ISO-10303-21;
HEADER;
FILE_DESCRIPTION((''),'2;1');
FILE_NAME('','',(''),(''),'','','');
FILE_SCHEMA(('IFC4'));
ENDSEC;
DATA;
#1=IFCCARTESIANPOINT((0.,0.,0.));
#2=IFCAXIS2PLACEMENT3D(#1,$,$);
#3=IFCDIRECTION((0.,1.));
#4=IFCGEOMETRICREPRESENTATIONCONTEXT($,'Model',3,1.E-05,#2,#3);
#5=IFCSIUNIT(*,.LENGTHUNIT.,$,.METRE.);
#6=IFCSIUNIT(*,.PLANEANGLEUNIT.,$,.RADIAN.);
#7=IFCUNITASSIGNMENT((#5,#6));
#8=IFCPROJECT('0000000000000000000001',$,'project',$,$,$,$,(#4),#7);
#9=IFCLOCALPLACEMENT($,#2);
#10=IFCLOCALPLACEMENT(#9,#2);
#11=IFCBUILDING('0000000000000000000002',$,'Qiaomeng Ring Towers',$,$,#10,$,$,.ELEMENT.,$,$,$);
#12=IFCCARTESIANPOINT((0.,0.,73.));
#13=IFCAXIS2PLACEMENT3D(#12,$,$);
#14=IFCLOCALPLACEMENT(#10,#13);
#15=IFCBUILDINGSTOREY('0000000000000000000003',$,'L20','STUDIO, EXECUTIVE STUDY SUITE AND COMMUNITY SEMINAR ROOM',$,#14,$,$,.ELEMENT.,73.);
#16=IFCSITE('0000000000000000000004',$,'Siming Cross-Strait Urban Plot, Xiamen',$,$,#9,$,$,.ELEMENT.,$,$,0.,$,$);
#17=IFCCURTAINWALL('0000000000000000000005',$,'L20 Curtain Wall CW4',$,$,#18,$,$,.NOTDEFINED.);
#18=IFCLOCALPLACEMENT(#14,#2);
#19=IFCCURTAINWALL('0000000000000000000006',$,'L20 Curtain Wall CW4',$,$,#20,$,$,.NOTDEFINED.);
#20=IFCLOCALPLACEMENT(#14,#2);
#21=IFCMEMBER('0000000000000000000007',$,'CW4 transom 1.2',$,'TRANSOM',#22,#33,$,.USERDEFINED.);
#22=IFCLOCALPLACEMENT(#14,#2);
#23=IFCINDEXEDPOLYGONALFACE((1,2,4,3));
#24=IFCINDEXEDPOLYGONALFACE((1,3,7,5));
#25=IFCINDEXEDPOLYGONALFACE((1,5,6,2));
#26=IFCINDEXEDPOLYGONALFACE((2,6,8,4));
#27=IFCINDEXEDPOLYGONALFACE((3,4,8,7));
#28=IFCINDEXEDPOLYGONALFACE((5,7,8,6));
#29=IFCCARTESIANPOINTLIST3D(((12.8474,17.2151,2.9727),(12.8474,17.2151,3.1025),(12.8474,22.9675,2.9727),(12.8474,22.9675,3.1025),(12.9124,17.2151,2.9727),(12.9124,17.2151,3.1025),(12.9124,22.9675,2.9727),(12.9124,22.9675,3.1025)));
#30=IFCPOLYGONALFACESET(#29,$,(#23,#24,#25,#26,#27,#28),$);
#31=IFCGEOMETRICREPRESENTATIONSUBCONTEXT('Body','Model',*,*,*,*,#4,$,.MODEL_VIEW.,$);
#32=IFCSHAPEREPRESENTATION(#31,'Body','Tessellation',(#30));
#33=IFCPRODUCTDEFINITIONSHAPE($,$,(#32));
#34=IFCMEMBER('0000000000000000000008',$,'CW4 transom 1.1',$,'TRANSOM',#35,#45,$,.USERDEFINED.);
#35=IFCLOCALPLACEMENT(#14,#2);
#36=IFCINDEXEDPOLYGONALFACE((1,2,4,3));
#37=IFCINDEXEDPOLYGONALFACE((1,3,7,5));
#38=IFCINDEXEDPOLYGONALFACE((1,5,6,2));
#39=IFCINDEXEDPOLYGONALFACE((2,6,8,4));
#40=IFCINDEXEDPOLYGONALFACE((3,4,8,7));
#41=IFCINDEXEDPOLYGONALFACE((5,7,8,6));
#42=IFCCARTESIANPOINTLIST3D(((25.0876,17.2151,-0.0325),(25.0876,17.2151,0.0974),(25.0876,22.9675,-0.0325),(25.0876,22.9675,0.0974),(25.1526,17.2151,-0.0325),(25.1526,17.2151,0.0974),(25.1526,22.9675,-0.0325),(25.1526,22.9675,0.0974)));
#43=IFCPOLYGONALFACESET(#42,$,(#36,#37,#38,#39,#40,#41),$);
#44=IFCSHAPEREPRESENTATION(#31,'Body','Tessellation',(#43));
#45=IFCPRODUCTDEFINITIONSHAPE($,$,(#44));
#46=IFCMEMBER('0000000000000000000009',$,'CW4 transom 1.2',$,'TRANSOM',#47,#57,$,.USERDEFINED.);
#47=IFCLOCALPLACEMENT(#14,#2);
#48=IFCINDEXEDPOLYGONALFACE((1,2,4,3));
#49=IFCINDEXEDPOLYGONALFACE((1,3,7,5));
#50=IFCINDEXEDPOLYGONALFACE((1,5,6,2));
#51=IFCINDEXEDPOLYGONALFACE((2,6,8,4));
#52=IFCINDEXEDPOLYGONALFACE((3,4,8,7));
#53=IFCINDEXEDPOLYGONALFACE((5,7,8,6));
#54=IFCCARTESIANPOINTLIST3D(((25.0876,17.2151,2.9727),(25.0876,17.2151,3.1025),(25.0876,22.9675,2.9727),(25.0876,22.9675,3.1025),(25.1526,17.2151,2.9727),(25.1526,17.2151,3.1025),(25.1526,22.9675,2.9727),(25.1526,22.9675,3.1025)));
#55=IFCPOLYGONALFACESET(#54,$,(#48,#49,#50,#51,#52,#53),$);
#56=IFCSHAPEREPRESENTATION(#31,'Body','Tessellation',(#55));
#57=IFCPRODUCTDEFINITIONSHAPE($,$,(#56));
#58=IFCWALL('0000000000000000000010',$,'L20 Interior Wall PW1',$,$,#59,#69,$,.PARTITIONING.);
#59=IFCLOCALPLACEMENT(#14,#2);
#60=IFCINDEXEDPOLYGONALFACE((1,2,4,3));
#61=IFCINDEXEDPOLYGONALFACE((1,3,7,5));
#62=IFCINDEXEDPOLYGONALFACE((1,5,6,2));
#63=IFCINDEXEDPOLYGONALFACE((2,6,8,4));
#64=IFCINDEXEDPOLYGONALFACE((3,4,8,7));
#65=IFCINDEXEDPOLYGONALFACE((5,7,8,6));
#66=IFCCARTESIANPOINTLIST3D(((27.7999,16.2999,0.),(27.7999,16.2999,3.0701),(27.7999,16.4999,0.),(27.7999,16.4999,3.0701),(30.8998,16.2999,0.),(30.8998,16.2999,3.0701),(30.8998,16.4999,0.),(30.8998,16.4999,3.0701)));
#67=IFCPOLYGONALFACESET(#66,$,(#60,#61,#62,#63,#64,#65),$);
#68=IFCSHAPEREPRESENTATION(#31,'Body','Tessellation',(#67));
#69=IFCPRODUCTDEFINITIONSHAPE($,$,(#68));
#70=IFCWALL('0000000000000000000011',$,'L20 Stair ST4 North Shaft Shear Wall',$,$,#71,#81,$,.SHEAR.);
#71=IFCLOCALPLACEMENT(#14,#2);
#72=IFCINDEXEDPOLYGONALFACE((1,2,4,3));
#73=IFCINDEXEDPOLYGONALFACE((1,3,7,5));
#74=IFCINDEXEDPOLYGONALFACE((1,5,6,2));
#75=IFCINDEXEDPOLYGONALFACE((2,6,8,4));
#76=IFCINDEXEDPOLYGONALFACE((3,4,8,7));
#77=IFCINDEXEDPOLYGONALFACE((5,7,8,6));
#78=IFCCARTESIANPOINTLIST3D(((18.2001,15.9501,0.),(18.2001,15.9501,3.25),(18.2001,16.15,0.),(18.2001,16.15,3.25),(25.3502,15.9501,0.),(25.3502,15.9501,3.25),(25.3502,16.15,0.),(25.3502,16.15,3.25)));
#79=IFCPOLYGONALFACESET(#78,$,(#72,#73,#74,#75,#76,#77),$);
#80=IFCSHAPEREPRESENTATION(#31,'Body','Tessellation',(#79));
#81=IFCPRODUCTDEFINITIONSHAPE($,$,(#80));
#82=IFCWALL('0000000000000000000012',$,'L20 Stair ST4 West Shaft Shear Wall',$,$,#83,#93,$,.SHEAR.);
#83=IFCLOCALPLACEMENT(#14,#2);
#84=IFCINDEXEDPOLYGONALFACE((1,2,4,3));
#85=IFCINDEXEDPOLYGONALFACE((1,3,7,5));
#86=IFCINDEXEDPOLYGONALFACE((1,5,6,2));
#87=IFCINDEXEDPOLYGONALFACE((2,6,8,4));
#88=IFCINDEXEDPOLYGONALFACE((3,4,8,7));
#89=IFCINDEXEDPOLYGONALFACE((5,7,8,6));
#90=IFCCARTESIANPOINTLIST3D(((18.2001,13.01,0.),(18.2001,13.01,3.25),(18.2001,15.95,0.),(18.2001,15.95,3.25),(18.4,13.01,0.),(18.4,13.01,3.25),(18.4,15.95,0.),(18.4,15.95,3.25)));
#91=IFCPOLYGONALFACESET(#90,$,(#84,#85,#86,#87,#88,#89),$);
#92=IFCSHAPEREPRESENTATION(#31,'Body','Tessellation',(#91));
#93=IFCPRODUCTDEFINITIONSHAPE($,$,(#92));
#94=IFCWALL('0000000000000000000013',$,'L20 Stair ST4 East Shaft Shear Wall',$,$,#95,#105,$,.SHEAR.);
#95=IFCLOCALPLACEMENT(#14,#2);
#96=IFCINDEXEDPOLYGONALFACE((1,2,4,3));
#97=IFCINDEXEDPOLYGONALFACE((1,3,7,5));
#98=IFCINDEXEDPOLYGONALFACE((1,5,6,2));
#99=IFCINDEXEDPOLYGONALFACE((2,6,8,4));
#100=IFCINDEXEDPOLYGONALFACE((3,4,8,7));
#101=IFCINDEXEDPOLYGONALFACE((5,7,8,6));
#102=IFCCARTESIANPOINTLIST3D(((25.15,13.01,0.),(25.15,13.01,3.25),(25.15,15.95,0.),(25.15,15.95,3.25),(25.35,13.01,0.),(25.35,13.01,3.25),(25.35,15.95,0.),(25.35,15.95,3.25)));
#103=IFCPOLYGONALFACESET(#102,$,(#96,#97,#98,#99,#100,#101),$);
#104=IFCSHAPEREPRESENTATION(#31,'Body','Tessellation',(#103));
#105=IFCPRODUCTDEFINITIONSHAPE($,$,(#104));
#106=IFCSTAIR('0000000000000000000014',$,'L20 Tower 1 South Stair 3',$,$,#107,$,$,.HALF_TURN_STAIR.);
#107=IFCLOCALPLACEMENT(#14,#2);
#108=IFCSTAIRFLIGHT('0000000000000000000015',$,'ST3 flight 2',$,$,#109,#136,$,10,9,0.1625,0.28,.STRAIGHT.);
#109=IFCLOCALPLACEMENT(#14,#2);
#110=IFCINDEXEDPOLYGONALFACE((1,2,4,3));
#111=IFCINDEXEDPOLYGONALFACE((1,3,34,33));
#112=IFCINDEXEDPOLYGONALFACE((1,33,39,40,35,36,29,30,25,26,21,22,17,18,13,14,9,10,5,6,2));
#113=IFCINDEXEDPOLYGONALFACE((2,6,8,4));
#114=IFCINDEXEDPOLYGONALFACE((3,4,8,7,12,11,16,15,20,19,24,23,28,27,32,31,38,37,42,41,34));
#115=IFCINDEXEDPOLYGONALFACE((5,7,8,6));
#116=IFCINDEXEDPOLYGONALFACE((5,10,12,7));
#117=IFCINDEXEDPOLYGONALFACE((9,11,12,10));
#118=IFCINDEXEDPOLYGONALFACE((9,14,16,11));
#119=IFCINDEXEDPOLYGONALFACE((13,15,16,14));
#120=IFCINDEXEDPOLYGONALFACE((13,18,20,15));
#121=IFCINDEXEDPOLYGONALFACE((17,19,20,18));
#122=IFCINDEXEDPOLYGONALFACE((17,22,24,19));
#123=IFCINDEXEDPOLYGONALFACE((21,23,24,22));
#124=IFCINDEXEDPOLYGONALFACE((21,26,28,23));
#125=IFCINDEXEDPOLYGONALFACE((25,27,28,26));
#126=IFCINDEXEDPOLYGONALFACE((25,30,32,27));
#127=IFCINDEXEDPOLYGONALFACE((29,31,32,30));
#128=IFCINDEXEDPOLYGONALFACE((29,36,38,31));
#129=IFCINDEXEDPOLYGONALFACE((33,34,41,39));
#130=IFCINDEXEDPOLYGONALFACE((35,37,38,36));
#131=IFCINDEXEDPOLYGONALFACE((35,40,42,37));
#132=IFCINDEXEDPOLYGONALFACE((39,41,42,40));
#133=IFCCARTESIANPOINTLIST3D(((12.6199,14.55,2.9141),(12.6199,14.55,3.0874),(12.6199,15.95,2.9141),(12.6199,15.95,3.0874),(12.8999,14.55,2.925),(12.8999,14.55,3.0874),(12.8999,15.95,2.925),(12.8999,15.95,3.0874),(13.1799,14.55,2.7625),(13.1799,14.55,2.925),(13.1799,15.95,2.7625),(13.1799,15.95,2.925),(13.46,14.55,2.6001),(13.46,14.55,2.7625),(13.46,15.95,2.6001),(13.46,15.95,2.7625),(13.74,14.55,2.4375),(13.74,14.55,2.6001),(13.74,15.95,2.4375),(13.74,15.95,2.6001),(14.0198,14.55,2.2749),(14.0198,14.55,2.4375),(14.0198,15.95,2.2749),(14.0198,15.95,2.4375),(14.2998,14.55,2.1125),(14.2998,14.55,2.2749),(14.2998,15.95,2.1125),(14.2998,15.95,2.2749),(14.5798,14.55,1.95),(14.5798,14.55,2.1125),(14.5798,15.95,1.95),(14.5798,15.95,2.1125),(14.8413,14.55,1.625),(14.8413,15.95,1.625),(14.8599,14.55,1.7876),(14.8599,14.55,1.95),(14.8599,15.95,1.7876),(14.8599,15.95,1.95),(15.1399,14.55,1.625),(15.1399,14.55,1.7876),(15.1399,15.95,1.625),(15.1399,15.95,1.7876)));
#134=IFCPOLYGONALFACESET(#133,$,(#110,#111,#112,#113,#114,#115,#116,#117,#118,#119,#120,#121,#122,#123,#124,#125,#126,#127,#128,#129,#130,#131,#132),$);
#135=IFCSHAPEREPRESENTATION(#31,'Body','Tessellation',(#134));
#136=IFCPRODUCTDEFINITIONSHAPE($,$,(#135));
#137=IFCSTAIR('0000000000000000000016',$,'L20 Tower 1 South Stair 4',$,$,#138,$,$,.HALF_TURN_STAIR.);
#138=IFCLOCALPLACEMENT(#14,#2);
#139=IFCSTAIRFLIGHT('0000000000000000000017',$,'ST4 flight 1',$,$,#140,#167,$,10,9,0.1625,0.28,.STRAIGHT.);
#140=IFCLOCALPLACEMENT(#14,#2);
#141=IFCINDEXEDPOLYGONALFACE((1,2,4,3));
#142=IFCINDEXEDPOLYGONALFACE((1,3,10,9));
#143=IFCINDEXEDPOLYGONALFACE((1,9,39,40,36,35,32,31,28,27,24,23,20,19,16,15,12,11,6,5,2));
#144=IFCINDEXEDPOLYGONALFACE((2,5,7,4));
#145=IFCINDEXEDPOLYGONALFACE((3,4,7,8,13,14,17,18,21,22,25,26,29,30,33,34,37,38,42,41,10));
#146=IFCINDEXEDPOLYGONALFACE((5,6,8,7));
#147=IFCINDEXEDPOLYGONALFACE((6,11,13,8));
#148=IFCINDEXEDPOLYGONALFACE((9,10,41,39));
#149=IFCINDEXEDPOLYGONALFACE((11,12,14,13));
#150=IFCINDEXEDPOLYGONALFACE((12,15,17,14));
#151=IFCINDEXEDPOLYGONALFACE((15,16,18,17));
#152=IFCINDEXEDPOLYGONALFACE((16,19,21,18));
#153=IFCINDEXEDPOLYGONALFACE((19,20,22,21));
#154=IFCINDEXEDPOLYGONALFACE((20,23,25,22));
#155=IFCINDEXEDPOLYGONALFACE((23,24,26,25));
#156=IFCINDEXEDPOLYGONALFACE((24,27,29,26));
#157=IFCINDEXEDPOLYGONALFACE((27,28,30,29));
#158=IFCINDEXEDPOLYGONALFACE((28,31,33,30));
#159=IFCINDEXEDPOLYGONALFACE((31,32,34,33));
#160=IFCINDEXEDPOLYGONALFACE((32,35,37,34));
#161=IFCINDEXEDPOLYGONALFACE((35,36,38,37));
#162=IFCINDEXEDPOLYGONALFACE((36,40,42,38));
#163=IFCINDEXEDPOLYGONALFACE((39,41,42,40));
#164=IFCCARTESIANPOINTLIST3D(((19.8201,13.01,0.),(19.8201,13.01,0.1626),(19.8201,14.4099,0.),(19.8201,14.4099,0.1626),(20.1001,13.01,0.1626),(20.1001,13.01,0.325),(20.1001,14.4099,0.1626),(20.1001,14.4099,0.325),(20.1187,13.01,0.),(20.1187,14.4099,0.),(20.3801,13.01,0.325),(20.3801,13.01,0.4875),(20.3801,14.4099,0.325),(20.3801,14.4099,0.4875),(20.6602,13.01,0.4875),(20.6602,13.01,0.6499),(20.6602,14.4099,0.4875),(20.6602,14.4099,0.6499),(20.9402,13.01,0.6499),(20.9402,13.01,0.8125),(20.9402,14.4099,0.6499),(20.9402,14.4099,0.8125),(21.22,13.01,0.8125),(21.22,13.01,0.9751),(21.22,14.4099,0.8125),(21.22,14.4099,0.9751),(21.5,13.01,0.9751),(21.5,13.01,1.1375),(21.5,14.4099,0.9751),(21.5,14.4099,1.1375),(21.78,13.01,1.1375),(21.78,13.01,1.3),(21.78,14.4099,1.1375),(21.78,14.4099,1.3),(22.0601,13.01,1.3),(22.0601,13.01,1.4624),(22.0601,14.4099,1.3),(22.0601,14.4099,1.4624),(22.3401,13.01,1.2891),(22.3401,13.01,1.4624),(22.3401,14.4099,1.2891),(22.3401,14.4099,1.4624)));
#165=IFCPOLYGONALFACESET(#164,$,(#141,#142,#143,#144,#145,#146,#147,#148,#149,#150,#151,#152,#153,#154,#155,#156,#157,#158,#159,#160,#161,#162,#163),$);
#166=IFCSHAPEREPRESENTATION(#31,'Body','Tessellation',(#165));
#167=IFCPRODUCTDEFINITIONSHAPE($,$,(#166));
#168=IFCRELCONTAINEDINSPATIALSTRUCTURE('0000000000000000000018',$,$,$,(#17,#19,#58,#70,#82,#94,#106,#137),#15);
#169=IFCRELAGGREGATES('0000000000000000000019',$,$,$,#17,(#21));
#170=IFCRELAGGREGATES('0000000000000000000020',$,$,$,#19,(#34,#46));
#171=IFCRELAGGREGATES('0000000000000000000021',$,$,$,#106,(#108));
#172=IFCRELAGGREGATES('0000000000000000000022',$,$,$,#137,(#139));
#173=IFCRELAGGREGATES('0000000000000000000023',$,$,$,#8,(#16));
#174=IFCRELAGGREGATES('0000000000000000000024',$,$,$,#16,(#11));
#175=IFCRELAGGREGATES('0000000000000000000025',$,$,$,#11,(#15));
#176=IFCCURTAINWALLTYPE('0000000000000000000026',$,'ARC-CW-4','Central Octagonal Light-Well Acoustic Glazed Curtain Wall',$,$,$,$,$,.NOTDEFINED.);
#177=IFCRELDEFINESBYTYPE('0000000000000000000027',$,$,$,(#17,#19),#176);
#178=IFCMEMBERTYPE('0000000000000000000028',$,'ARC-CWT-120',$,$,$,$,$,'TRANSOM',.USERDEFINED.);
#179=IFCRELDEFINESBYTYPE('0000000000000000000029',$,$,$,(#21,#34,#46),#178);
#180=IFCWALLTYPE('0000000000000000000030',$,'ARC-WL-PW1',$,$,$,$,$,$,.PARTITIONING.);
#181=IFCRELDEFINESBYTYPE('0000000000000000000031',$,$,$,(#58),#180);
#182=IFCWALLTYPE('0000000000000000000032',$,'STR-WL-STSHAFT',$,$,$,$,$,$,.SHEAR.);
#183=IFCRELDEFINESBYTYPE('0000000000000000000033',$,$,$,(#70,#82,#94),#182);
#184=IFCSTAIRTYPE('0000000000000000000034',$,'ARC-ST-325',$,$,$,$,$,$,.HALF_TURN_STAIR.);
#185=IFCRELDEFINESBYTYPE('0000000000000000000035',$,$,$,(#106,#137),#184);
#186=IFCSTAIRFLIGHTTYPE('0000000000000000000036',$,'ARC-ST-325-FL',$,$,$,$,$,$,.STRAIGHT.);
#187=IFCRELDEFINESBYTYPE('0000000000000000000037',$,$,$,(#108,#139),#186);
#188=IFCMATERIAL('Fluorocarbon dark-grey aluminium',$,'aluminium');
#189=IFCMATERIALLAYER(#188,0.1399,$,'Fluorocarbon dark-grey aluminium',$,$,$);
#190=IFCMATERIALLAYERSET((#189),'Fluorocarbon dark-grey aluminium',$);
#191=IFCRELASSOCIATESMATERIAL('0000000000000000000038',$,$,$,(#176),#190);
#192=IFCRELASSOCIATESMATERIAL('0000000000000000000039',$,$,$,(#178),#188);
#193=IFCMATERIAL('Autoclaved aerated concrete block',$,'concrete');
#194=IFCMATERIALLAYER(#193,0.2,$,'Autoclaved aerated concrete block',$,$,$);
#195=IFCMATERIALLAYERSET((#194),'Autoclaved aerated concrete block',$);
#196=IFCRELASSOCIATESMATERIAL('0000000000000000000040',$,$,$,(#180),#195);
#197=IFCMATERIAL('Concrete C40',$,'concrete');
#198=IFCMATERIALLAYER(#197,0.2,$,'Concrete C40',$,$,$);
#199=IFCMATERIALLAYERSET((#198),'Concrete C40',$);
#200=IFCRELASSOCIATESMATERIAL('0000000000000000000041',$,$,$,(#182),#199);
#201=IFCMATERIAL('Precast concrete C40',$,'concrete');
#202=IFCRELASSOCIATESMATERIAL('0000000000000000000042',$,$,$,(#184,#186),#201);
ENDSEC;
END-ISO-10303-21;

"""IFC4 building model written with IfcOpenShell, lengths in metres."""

from ifc_helpers import new_model, si_unit, direction, frame, frame_2d, origin, origin_2d, place, context, subcontext, project, spatial, polyline, rectangle, outline, extrude, source, transform, mapped, material, layer, layer_set, material_profile, profile_set, type_object, element, aggregate, save


model = new_model("IFC4")

# Units and contexts
model_context = context("Model", 3, precision=1e-05, world=origin(), true_north=direction((0.0, 1.0)))
body_context = subcontext(model_context, "Body", "Model", "MODEL_VIEW")
ifc_project = project(units=[si_unit("LENGTHUNIT", "METRE"), si_unit("PLANEANGLEUNIT", "RADIAN")], contexts=[model_context])

# Site, building, storey
site_placement = place(None, origin())
site = spatial("IfcSite", under=ifc_project, at=site_placement, Name="Siming Cross-Strait Urban Plot, Xiamen", CompositionType="ELEMENT", RefElevation=0.0)
building_placement = place(site_placement, origin())
building = spatial("IfcBuilding", under=site, at=building_placement, Name="Qiaomeng Ring Towers", CompositionType="ELEMENT")
storey_placement = place(building_placement, frame((0.0, 0.0, 73.0)))
storey = spatial("IfcBuildingStorey", under=building, at=storey_placement, Name="L20", Description="STUDIO, EXECUTIVE STUDY SUITE AND COMMUNITY SEMINAR ROOM", CompositionType="ELEMENT", Elevation=73.0)

# Curtain walls
ifc_material_1 = material(Name="Fluorocarbon dark-grey aluminium", Category="aluminium")
ifc_layer_1 = layer(ifc_material_1, 0.1399, Name="Fluorocarbon dark-grey aluminium")
ifc_layer_set_1 = layer_set([ifc_layer_1], Name="Fluorocarbon dark-grey aluminium")
curtain_wall_type = type_object("IfcCurtainWallType", Name="ARC-CW-4", Description="Central Octagonal Light-Well Acoustic Glazed Curtain Wall", PredefinedType="NOTDEFINED", material=ifc_layer_set_1)
curtain_wall_1_placement = place(storey_placement, origin())
curtain_wall_1 = element("IfcCurtainWall", 1, at=curtain_wall_1_placement, inside=storey, type_object=curtain_wall_type, Name="L20 Curtain Wall CW4", PredefinedType="NOTDEFINED")
curtain_wall_2_placement = place(storey_placement, origin())
curtain_wall_2 = element("IfcCurtainWall", 2, at=curtain_wall_2_placement, inside=storey, type_object=curtain_wall_type, Name="L20 Curtain Wall CW4", PredefinedType="NOTDEFINED")

# Members
ifc_material_profile_1 = material_profile(ifc_material_1, rectangle(XDim=0.0649, YDim=0.1299, at=origin_2d()), Name="ALU TRAN 65x130")
ifc_profile_set_1 = profile_set([ifc_material_profile_1], Name="Fluorocarbon dark-grey aluminium")
member_type_1 = type_object("IfcMemberType", Name="ARC-CWT-120", ElementType="TRANSOM", PredefinedType="USERDEFINED", material=ifc_profile_set_1)
shared_shape_1 = source(origin(), body_context, "Body", "SweptSolid", [
    extrude(rectangle(XDim=0.0649, YDim=0.1299, at=origin_2d()), origin(), (0.0, 0.0, 1.0), 5.7524),
])
member_1_placement = place(storey_placement, frame((12.8799, 17.2151, 3.0376), z_axis=(0.0, 1.0, 0.0), x_axis=(-1.0, 0.0, 0.0)))
member_1 = element("IfcMember", 3, at=member_1_placement, type_object=member_type_1, Name="CW4 transom 1.2", ObjectType="TRANSOM", PredefinedType="USERDEFINED", context=body_context, shape_type="MappedRepresentation", body=[
    mapped(shared_shape_1, transform((0.0, 0.0, 0.0), x_axis=(1.0, 0.0, 0.0), y_axis=(0.0, 1.0, 0.0), z_axis=(0.0, 0.0, 1.0), scale=1.0)),
])
aggregate(curtain_wall_1, [member_1])
member_2_placement = place(storey_placement, frame((25.1201, 17.2151, 0.0325), z_axis=(0.0, 1.0, 0.0), x_axis=(-1.0, 0.0, 0.0)))
member_2 = element("IfcMember", 4, at=member_2_placement, type_object=member_type_1, Name="CW4 transom 1.1", ObjectType="TRANSOM", PredefinedType="USERDEFINED", context=body_context, shape_type="MappedRepresentation", body=[
    mapped(shared_shape_1, transform((0.0, 0.0, 0.0), x_axis=(1.0, 0.0, 0.0), y_axis=(0.0, 1.0, 0.0), z_axis=(0.0, 0.0, 1.0), scale=1.0)),
])
member_3_placement = place(storey_placement, frame((25.1201, 17.2151, 3.0376), z_axis=(0.0, 1.0, 0.0), x_axis=(-1.0, 0.0, 0.0)))
member_3 = element("IfcMember", 5, at=member_3_placement, type_object=member_type_1, Name="CW4 transom 1.2", ObjectType="TRANSOM", PredefinedType="USERDEFINED", context=body_context, shape_type="MappedRepresentation", body=[
    mapped(shared_shape_1, transform((0.0, 0.0, 0.0), x_axis=(1.0, 0.0, 0.0), y_axis=(0.0, 1.0, 0.0), z_axis=(0.0, 0.0, 1.0), scale=1.0)),
])
aggregate(curtain_wall_2, [member_2, member_3])

# Walls
ifc_material_2 = material(Name="Autoclaved aerated concrete block", Category="concrete")
ifc_layer_2 = layer(ifc_material_2, 0.2, Name="Autoclaved aerated concrete block")
ifc_layer_set_2 = layer_set([ifc_layer_2], Name="Autoclaved aerated concrete block")
wall_type_1 = type_object("IfcWallType", Name="ARC-WL-PW1", PredefinedType="PARTITIONING", material=ifc_layer_set_2)
wall_1_placement = place(storey_placement, frame((27.8, 16.3999, 0.0), z_axis=(0.0, 0.0, 1.0), x_axis=(1.0, 0.0, 0.0)))
element("IfcWall", 6, at=wall_1_placement, inside=storey, type_object=wall_type_1, Name="L20 Interior Wall PW1", PredefinedType="PARTITIONING", context=body_context, shape_type="SweptSolid", body=[
    extrude(rectangle(XDim=3.0999, YDim=0.2, at=frame_2d((1.5498, 0.0))), origin(), (0.0, 0.0, 1.0), 3.0701),
])
ifc_material_3 = material(Name="Concrete C40", Category="concrete")
ifc_layer_3 = layer(ifc_material_3, 0.2, Name="Concrete C40")
ifc_layer_set_3 = layer_set([ifc_layer_3], Name="Concrete C40")
wall_type_2 = type_object("IfcWallType", Name="STR-WL-STSHAFT", PredefinedType="SHEAR", material=ifc_layer_set_3)
wall_2_placement = place(storey_placement, frame((18.2, 16.05, 0.0), z_axis=(0.0, 0.0, 1.0), x_axis=(1.0, 0.0, 0.0)))
element("IfcWall", 7, at=wall_2_placement, inside=storey, type_object=wall_type_2, Name="L20 Stair ST4 North Shaft Shear Wall", PredefinedType="SHEAR", context=body_context, shape_type="SweptSolid", body=[
    extrude(rectangle(XDim=7.1501, YDim=0.2, at=frame_2d((3.5752, 0.0))), origin(), (0.0, 0.0, 1.0), 3.25),
])
for number, where, z_axis, x_axis, name in (
    (8, (18.3, 13.01, 0.0), (0.0, 0.0, 1.0), (0.0, 1.0, 0.0), "L20 Stair ST4 West Shaft Shear Wall"),
    (9, (25.25, 13.01, 0.0), (0.0, 0.0, 1.0), (0.0, 1.0, 0.0), "L20 Stair ST4 East Shaft Shear Wall"),
):
    element("IfcWall", number, at=place(storey_placement, frame(where, z_axis=z_axis, x_axis=x_axis)), inside=storey, type_object=wall_type_2, Name=name, PredefinedType="SHEAR", context=body_context, shape_type="SweptSolid", body=[
        extrude(rectangle(XDim=2.9399, YDim=0.2, at=frame_2d((1.47, 0.0))), origin(), (0.0, 0.0, 1.0), 3.25),
    ])

# Stair, stair flight
ifc_material_4 = material(Name="Precast concrete C40", Category="concrete")
stair_type = type_object("IfcStairType", Name="ARC-ST-325", PredefinedType="HALF_TURN_STAIR", material=ifc_material_4)
stair_1_placement = place(storey_placement, origin())
stair_1 = element("IfcStair", 10, at=stair_1_placement, inside=storey, type_object=stair_type, Name="L20 Tower 1 South Stair 3", PredefinedType="HALF_TURN_STAIR")
stair_flight_type = type_object("IfcStairFlightType", Name="ARC-ST-325-FL", PredefinedType="STRAIGHT", material=ifc_material_4)
shared_shape_2 = source(origin(), body_context, "Body", "SweptSolid", [
    extrude(outline(polyline([(0.0, 0.0), (0.0, 0.1626), (0.28, 0.1626), (0.28, 0.325), (0.5601, 0.325), (0.5601, 0.4875), (0.8401, 0.4875), (0.8401, 0.6499), (1.1201, 0.6499), (1.1201, 0.8125), (1.3999, 0.8125), (1.3999, 0.9751), (1.6799, 0.9751), (1.6799, 1.1375), (1.96, 1.1375), (1.96, 1.3), (2.24, 1.3), (2.24, 1.4624), (2.52, 1.4624), (2.52, 1.625), (2.52, 1.2891), (0.2986, 0.0), (0.0, 0.0)])), frame((0.0, 0.7, 0.0), z_axis=(0.0, -1.0, 0.0), x_axis=(1.0, 0.0, 0.0)), (0.0, 0.0, 1.0), 1.3999),
])
stair_flight_1_placement = place(storey_placement, frame((15.1399, 15.25, 1.625), z_axis=(0.0, 0.0, 1.0), x_axis=(-1.0, 0.0, 0.0)))
stair_flight_1 = element("IfcStairFlight", 11, at=stair_flight_1_placement, type_object=stair_flight_type, Name="ST3 flight 2", NumberOfRisers=10, NumberOfTreads=9, PredefinedType="STRAIGHT", RiserHeight=0.1625, TreadLength=0.28, context=body_context, shape_type="MappedRepresentation", body=[
    mapped(shared_shape_2, transform((0.0, 0.0, 0.0), x_axis=(1.0, 0.0, 0.0), y_axis=(0.0, 1.0, 0.0), z_axis=(0.0, 0.0, 1.0), scale=1.0)),
])
aggregate(stair_1, [stair_flight_1])

# Stair, stair flight
stair_2_placement = place(storey_placement, origin())
stair_2 = element("IfcStair", 12, at=stair_2_placement, inside=storey, type_object=stair_type, Name="L20 Tower 1 South Stair 4", PredefinedType="HALF_TURN_STAIR")
stair_flight_2_placement = place(storey_placement, frame((19.8201, 13.71, 0.0), z_axis=(0.0, 0.0, 1.0), x_axis=(1.0, 0.0, 0.0)))
stair_flight_2 = element("IfcStairFlight", 13, at=stair_flight_2_placement, type_object=stair_flight_type, Name="ST4 flight 1", NumberOfRisers=10, NumberOfTreads=9, PredefinedType="STRAIGHT", RiserHeight=0.1625, TreadLength=0.28, context=body_context, shape_type="MappedRepresentation", body=[
    mapped(shared_shape_2, transform((0.0, 0.0, 0.0), x_axis=(1.0, 0.0, 0.0), y_axis=(0.0, 1.0, 0.0), z_axis=(0.0, 0.0, 1.0), scale=1.0)),
])
aggregate(stair_2, [stair_flight_2])

save(model, "model.ifc")
